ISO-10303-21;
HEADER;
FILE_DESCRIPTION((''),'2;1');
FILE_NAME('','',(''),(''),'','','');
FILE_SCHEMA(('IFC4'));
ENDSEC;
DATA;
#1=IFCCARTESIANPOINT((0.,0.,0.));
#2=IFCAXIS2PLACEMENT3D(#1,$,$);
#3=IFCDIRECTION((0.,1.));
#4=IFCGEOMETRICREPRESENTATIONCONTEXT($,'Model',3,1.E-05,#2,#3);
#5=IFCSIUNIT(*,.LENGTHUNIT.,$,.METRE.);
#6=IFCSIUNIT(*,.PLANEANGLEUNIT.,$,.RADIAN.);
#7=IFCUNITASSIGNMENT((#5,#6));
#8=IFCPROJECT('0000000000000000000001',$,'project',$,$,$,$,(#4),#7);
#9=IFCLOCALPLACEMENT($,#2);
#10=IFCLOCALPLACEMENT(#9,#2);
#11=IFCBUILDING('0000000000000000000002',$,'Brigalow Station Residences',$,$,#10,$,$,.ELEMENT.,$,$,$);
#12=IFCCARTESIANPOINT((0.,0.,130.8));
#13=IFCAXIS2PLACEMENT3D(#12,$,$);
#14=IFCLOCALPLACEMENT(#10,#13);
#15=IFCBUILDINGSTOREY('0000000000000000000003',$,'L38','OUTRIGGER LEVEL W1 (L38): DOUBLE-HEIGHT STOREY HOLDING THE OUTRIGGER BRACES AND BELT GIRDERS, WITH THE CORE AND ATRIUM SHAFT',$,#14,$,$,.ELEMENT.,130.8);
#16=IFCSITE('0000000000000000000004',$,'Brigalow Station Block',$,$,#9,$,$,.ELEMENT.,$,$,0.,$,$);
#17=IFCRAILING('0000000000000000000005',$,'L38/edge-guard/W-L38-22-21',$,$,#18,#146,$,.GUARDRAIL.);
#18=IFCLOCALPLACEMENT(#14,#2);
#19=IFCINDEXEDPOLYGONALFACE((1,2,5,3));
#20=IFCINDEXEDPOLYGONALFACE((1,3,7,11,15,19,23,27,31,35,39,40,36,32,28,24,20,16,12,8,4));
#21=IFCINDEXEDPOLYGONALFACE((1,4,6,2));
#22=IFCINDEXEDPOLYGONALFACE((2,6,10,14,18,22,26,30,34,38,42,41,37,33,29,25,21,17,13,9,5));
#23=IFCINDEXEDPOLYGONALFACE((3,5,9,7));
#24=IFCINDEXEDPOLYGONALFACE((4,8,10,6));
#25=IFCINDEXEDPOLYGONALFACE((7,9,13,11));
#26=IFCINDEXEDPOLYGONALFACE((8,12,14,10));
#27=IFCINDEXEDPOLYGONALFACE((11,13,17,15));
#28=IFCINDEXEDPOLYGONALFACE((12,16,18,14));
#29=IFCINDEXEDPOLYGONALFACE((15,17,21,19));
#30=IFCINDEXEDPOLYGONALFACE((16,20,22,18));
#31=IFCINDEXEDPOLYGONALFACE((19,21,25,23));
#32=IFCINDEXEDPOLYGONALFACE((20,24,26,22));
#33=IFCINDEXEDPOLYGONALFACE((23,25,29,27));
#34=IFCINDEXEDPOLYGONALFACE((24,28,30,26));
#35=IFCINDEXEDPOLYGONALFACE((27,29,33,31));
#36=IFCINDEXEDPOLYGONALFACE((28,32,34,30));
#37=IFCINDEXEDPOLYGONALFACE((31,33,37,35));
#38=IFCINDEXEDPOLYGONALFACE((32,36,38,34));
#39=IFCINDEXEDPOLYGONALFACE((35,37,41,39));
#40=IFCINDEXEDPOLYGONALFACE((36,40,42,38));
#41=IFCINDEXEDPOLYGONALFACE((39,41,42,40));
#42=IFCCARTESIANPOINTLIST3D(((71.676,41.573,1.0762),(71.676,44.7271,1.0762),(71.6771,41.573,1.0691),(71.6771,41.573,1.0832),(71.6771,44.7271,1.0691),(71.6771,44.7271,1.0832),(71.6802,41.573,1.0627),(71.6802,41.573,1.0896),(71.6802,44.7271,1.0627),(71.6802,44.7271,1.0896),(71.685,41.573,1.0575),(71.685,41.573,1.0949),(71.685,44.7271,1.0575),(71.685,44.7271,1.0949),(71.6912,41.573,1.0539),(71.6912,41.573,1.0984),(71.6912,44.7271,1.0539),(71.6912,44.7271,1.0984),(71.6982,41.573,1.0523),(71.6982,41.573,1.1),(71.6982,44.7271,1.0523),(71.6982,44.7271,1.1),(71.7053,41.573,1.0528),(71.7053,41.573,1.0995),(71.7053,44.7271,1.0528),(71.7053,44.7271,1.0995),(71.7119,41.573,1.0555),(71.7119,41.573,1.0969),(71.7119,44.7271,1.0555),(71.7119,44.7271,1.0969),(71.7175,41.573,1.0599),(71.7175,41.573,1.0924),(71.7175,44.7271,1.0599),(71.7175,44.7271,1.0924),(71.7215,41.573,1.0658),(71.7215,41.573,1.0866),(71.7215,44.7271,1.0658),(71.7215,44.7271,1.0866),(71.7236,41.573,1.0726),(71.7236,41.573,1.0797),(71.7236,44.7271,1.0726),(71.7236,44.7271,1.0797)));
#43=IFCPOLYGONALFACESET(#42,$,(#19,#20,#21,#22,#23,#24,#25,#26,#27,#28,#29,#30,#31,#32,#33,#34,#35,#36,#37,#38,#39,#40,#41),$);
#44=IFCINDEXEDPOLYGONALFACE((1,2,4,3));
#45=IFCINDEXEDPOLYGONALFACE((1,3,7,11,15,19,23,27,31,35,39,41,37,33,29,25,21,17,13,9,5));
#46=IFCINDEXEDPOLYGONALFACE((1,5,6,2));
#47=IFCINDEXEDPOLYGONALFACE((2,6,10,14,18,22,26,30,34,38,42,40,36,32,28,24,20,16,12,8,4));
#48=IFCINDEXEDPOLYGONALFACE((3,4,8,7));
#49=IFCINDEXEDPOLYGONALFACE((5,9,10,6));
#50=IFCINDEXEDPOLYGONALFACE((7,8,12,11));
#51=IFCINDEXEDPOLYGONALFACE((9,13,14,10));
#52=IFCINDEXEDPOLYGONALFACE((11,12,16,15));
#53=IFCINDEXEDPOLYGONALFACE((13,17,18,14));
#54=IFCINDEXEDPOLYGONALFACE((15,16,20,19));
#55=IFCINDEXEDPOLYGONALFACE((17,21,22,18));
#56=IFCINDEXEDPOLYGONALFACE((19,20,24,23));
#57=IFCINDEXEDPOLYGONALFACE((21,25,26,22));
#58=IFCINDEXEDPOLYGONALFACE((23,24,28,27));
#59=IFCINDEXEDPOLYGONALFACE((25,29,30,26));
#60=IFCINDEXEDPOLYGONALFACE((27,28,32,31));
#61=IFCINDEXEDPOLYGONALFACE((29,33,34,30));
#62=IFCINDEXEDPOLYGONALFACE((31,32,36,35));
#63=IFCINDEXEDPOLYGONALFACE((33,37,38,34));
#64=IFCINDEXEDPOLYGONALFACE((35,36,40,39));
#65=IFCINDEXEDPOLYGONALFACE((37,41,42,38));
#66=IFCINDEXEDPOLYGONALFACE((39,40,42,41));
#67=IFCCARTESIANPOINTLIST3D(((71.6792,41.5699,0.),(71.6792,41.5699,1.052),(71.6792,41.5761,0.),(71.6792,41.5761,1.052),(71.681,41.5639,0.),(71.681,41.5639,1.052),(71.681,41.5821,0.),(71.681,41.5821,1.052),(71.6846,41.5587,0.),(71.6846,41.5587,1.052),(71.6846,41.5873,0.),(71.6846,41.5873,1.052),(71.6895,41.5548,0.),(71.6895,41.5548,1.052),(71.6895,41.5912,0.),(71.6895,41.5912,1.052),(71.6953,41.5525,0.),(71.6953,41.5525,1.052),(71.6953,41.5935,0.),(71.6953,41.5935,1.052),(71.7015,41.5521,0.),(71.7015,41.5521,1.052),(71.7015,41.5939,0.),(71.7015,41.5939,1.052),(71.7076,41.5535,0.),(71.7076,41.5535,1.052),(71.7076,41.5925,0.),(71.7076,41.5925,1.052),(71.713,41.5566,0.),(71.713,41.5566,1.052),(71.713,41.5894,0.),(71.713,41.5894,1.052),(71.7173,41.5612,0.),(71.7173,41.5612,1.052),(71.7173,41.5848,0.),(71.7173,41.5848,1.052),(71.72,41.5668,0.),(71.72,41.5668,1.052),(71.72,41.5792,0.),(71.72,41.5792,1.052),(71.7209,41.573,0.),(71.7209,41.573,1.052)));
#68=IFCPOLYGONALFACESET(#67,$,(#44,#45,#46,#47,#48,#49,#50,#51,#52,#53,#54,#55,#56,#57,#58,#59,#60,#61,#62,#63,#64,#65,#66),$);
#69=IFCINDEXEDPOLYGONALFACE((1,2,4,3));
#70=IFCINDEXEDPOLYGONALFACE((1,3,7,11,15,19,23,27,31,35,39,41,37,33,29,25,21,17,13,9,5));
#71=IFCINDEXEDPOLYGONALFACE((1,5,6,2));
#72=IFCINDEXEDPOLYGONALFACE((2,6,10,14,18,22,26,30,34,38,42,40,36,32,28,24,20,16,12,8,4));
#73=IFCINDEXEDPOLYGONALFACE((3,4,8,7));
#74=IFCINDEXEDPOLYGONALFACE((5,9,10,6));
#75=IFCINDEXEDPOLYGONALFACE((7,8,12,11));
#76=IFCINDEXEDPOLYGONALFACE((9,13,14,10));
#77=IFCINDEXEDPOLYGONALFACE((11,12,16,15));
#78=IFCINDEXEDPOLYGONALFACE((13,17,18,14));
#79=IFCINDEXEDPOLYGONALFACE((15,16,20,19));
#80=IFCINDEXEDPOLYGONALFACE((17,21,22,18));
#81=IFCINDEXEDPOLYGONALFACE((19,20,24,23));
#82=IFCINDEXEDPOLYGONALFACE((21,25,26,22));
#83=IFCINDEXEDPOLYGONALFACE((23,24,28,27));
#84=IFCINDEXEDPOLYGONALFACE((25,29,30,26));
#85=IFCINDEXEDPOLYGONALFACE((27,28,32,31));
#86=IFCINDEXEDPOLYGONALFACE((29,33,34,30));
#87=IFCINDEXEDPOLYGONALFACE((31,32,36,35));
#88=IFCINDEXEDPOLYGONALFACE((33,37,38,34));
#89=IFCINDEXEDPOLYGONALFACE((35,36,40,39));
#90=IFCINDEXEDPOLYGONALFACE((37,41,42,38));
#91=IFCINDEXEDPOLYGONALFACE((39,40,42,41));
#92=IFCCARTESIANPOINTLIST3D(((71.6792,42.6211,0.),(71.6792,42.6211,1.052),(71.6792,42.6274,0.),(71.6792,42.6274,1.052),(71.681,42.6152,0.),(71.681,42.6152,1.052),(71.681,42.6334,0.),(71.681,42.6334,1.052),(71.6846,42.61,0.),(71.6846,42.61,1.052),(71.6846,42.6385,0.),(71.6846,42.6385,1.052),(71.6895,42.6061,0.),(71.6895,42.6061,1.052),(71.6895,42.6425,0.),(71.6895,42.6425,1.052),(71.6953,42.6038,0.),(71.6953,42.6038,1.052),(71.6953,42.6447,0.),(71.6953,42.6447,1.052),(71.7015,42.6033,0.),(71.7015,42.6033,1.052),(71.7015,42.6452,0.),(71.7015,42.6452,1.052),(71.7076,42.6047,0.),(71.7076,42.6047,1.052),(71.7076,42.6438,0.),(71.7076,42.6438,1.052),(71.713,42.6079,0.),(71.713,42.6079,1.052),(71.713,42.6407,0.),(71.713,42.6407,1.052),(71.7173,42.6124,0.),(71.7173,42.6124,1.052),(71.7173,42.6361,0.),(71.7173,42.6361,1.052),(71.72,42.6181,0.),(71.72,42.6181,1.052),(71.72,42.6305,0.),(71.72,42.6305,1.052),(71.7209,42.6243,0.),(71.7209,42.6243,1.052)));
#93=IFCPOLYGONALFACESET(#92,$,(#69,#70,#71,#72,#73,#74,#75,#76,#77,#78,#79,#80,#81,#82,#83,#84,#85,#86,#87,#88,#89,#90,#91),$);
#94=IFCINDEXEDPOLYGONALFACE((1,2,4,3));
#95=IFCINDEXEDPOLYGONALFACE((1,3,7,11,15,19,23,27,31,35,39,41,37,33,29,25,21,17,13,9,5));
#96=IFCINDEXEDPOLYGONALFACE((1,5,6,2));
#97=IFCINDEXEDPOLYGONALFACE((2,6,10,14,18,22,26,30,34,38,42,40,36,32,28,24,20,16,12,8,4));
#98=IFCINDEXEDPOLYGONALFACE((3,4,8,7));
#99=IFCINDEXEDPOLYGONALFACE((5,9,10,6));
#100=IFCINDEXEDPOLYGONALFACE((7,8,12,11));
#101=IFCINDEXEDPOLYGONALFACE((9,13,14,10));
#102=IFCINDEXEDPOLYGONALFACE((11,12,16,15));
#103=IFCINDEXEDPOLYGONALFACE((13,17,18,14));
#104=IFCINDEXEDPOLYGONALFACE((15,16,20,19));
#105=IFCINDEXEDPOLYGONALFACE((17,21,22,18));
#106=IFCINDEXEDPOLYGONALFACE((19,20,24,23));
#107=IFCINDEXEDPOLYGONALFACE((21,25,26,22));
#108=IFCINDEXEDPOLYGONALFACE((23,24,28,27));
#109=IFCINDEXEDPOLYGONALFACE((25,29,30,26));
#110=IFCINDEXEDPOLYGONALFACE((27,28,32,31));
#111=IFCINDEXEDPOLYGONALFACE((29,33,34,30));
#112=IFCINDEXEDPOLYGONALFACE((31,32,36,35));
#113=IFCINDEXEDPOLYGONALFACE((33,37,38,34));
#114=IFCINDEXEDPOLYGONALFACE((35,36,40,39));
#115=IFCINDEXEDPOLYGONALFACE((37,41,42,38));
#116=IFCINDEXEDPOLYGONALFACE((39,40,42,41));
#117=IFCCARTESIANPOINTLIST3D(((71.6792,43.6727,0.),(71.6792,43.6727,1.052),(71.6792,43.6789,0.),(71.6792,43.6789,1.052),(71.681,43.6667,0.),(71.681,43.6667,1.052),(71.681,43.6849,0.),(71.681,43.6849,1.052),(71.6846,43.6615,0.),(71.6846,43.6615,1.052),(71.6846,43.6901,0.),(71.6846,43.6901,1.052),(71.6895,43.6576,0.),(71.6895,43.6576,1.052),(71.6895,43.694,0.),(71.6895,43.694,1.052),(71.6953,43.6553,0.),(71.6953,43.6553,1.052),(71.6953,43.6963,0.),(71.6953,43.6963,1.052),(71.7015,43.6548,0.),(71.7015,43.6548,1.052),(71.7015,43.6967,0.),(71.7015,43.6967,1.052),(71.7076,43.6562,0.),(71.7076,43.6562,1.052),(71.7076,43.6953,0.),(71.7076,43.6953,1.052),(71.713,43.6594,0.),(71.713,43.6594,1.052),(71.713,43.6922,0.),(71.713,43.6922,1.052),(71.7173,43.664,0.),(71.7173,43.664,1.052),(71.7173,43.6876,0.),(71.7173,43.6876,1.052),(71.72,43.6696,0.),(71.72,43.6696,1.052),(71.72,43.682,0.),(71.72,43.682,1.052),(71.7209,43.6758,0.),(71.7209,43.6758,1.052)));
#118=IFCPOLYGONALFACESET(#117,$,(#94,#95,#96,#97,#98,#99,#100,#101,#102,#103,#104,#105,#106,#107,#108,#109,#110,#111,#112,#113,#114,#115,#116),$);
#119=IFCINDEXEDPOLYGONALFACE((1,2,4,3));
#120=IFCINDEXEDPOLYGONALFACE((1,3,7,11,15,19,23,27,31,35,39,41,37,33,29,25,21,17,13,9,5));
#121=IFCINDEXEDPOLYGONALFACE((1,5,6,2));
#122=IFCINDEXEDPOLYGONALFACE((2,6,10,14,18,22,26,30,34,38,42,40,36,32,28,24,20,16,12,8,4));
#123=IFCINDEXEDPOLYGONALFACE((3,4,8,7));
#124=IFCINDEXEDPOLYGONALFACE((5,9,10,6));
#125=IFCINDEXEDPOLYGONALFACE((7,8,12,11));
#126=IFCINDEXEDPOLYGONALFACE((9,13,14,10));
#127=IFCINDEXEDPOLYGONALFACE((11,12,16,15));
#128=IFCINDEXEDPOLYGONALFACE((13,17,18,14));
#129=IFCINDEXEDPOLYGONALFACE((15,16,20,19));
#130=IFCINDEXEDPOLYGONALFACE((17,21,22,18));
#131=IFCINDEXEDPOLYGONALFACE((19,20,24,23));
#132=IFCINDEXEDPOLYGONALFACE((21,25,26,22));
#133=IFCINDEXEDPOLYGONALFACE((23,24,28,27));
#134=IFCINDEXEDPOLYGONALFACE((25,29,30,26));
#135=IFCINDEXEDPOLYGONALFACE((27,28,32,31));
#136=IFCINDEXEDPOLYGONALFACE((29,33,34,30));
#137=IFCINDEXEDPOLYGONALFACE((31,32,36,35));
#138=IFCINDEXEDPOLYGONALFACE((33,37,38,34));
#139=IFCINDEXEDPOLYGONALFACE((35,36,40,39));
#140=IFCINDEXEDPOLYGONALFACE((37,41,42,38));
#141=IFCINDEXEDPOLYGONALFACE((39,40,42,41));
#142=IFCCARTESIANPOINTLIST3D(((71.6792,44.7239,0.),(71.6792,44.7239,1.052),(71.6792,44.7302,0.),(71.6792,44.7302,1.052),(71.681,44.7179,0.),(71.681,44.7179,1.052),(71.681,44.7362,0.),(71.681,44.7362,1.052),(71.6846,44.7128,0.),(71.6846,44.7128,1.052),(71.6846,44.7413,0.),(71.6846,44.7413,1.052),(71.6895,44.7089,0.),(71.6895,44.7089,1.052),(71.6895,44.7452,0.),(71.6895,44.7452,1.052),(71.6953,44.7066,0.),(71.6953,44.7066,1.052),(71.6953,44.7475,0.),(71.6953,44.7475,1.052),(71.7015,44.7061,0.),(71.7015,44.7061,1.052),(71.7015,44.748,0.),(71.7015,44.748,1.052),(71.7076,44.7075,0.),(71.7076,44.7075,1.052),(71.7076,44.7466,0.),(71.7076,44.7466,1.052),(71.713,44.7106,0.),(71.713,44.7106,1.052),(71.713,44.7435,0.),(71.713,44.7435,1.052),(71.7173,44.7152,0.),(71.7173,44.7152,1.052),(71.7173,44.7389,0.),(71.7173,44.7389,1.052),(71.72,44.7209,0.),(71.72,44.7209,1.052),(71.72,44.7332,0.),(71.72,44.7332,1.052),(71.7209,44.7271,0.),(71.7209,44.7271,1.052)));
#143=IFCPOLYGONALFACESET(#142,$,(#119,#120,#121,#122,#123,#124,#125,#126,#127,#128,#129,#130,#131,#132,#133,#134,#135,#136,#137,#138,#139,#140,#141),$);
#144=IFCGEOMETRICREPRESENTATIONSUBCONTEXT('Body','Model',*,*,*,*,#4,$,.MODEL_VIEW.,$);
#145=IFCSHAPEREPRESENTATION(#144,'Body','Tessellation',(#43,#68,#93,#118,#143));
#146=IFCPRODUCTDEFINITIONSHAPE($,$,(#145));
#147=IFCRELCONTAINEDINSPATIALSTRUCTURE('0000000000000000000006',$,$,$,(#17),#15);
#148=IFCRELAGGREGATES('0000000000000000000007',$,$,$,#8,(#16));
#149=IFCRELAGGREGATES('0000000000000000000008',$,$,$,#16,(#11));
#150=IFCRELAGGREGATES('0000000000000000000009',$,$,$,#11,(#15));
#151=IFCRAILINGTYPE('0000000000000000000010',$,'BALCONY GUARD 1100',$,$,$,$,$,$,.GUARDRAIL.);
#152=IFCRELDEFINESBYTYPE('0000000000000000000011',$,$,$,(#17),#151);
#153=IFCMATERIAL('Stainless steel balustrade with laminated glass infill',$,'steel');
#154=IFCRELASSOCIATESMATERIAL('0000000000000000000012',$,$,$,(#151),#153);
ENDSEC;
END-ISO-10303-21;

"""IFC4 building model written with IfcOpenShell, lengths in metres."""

from ifc_helpers import new_model, si_unit, direction, frame, origin, origin_2d, place, context, subcontext, project, spatial, circle, extrude, material, type_object, element, save


model = new_model("IFC4")

# Units and contexts
model_context = context("Model", 3, precision=1e-05, world=origin(), true_north=direction((0.0, 1.0)))
body_context = subcontext(model_context, "Body", "Model", "MODEL_VIEW")
ifc_project = project(units=[si_unit("LENGTHUNIT", "METRE"), si_unit("PLANEANGLEUNIT", "RADIAN")], contexts=[model_context])

# Site, building, storey
site_placement = place(None, origin())
site = spatial("IfcSite", under=ifc_project, at=site_placement, Name="Brigalow Station Block", CompositionType="ELEMENT", RefElevation=0.0)
building_placement = place(site_placement, origin())
building = spatial("IfcBuilding", under=site, at=building_placement, Name="Brigalow Station Residences", CompositionType="ELEMENT")
storey_placement = place(building_placement, frame((0.0, 0.0, 130.8)))
storey = spatial("IfcBuildingStorey", under=building, at=storey_placement, Name="L38", Description="OUTRIGGER LEVEL W1 (L38): DOUBLE-HEIGHT STOREY HOLDING THE OUTRIGGER BRACES AND BELT GIRDERS, WITH THE CORE AND ATRIUM SHAFT", CompositionType="ELEMENT", Elevation=130.8)

# Railing
ifc_material_1 = material(Name="Stainless steel balustrade with laminated glass infill", Category="steel")
railing_type = type_object("IfcRailingType", Name="BALCONY GUARD 1100", PredefinedType="GUARDRAIL", material=ifc_material_1)
railing_1_placement = place(storey_placement, frame((71.7, 41.573, 0.0)))
element("IfcRailing", 1, at=railing_1_placement, inside=storey, type_object=railing_type, Name="L38/edge-guard/W-L38-22-21", PredefinedType="GUARDRAIL", context=body_context, shape_type="SweptSolid", body=[
    extrude(circle(Radius=0.0239, at=origin_2d()), frame((0.0, 0.0, 1.0762), z_axis=(0.0, 1.0, 0.0), x_axis=(-1.0, 0.0, 0.0)), (0.0, 0.0, 1.0), 3.1541),
    extrude(circle(Radius=0.021, at=origin_2d()), origin(), (0.0, 0.0, 1.0), 1.052),
    extrude(circle(Radius=0.021, at=origin_2d()), frame((0.0, 1.0513, 0.0)), (0.0, 0.0, 1.0), 1.052),
    extrude(circle(Radius=0.021, at=origin_2d()), frame((0.0, 2.1028, 0.0)), (0.0, 0.0, 1.0), 1.052),
    extrude(circle(Radius=0.021, at=origin_2d()), frame((0.0, 3.1541, 0.0)), (0.0, 0.0, 1.0), 1.052),
])

save(model, "model.ifc")
